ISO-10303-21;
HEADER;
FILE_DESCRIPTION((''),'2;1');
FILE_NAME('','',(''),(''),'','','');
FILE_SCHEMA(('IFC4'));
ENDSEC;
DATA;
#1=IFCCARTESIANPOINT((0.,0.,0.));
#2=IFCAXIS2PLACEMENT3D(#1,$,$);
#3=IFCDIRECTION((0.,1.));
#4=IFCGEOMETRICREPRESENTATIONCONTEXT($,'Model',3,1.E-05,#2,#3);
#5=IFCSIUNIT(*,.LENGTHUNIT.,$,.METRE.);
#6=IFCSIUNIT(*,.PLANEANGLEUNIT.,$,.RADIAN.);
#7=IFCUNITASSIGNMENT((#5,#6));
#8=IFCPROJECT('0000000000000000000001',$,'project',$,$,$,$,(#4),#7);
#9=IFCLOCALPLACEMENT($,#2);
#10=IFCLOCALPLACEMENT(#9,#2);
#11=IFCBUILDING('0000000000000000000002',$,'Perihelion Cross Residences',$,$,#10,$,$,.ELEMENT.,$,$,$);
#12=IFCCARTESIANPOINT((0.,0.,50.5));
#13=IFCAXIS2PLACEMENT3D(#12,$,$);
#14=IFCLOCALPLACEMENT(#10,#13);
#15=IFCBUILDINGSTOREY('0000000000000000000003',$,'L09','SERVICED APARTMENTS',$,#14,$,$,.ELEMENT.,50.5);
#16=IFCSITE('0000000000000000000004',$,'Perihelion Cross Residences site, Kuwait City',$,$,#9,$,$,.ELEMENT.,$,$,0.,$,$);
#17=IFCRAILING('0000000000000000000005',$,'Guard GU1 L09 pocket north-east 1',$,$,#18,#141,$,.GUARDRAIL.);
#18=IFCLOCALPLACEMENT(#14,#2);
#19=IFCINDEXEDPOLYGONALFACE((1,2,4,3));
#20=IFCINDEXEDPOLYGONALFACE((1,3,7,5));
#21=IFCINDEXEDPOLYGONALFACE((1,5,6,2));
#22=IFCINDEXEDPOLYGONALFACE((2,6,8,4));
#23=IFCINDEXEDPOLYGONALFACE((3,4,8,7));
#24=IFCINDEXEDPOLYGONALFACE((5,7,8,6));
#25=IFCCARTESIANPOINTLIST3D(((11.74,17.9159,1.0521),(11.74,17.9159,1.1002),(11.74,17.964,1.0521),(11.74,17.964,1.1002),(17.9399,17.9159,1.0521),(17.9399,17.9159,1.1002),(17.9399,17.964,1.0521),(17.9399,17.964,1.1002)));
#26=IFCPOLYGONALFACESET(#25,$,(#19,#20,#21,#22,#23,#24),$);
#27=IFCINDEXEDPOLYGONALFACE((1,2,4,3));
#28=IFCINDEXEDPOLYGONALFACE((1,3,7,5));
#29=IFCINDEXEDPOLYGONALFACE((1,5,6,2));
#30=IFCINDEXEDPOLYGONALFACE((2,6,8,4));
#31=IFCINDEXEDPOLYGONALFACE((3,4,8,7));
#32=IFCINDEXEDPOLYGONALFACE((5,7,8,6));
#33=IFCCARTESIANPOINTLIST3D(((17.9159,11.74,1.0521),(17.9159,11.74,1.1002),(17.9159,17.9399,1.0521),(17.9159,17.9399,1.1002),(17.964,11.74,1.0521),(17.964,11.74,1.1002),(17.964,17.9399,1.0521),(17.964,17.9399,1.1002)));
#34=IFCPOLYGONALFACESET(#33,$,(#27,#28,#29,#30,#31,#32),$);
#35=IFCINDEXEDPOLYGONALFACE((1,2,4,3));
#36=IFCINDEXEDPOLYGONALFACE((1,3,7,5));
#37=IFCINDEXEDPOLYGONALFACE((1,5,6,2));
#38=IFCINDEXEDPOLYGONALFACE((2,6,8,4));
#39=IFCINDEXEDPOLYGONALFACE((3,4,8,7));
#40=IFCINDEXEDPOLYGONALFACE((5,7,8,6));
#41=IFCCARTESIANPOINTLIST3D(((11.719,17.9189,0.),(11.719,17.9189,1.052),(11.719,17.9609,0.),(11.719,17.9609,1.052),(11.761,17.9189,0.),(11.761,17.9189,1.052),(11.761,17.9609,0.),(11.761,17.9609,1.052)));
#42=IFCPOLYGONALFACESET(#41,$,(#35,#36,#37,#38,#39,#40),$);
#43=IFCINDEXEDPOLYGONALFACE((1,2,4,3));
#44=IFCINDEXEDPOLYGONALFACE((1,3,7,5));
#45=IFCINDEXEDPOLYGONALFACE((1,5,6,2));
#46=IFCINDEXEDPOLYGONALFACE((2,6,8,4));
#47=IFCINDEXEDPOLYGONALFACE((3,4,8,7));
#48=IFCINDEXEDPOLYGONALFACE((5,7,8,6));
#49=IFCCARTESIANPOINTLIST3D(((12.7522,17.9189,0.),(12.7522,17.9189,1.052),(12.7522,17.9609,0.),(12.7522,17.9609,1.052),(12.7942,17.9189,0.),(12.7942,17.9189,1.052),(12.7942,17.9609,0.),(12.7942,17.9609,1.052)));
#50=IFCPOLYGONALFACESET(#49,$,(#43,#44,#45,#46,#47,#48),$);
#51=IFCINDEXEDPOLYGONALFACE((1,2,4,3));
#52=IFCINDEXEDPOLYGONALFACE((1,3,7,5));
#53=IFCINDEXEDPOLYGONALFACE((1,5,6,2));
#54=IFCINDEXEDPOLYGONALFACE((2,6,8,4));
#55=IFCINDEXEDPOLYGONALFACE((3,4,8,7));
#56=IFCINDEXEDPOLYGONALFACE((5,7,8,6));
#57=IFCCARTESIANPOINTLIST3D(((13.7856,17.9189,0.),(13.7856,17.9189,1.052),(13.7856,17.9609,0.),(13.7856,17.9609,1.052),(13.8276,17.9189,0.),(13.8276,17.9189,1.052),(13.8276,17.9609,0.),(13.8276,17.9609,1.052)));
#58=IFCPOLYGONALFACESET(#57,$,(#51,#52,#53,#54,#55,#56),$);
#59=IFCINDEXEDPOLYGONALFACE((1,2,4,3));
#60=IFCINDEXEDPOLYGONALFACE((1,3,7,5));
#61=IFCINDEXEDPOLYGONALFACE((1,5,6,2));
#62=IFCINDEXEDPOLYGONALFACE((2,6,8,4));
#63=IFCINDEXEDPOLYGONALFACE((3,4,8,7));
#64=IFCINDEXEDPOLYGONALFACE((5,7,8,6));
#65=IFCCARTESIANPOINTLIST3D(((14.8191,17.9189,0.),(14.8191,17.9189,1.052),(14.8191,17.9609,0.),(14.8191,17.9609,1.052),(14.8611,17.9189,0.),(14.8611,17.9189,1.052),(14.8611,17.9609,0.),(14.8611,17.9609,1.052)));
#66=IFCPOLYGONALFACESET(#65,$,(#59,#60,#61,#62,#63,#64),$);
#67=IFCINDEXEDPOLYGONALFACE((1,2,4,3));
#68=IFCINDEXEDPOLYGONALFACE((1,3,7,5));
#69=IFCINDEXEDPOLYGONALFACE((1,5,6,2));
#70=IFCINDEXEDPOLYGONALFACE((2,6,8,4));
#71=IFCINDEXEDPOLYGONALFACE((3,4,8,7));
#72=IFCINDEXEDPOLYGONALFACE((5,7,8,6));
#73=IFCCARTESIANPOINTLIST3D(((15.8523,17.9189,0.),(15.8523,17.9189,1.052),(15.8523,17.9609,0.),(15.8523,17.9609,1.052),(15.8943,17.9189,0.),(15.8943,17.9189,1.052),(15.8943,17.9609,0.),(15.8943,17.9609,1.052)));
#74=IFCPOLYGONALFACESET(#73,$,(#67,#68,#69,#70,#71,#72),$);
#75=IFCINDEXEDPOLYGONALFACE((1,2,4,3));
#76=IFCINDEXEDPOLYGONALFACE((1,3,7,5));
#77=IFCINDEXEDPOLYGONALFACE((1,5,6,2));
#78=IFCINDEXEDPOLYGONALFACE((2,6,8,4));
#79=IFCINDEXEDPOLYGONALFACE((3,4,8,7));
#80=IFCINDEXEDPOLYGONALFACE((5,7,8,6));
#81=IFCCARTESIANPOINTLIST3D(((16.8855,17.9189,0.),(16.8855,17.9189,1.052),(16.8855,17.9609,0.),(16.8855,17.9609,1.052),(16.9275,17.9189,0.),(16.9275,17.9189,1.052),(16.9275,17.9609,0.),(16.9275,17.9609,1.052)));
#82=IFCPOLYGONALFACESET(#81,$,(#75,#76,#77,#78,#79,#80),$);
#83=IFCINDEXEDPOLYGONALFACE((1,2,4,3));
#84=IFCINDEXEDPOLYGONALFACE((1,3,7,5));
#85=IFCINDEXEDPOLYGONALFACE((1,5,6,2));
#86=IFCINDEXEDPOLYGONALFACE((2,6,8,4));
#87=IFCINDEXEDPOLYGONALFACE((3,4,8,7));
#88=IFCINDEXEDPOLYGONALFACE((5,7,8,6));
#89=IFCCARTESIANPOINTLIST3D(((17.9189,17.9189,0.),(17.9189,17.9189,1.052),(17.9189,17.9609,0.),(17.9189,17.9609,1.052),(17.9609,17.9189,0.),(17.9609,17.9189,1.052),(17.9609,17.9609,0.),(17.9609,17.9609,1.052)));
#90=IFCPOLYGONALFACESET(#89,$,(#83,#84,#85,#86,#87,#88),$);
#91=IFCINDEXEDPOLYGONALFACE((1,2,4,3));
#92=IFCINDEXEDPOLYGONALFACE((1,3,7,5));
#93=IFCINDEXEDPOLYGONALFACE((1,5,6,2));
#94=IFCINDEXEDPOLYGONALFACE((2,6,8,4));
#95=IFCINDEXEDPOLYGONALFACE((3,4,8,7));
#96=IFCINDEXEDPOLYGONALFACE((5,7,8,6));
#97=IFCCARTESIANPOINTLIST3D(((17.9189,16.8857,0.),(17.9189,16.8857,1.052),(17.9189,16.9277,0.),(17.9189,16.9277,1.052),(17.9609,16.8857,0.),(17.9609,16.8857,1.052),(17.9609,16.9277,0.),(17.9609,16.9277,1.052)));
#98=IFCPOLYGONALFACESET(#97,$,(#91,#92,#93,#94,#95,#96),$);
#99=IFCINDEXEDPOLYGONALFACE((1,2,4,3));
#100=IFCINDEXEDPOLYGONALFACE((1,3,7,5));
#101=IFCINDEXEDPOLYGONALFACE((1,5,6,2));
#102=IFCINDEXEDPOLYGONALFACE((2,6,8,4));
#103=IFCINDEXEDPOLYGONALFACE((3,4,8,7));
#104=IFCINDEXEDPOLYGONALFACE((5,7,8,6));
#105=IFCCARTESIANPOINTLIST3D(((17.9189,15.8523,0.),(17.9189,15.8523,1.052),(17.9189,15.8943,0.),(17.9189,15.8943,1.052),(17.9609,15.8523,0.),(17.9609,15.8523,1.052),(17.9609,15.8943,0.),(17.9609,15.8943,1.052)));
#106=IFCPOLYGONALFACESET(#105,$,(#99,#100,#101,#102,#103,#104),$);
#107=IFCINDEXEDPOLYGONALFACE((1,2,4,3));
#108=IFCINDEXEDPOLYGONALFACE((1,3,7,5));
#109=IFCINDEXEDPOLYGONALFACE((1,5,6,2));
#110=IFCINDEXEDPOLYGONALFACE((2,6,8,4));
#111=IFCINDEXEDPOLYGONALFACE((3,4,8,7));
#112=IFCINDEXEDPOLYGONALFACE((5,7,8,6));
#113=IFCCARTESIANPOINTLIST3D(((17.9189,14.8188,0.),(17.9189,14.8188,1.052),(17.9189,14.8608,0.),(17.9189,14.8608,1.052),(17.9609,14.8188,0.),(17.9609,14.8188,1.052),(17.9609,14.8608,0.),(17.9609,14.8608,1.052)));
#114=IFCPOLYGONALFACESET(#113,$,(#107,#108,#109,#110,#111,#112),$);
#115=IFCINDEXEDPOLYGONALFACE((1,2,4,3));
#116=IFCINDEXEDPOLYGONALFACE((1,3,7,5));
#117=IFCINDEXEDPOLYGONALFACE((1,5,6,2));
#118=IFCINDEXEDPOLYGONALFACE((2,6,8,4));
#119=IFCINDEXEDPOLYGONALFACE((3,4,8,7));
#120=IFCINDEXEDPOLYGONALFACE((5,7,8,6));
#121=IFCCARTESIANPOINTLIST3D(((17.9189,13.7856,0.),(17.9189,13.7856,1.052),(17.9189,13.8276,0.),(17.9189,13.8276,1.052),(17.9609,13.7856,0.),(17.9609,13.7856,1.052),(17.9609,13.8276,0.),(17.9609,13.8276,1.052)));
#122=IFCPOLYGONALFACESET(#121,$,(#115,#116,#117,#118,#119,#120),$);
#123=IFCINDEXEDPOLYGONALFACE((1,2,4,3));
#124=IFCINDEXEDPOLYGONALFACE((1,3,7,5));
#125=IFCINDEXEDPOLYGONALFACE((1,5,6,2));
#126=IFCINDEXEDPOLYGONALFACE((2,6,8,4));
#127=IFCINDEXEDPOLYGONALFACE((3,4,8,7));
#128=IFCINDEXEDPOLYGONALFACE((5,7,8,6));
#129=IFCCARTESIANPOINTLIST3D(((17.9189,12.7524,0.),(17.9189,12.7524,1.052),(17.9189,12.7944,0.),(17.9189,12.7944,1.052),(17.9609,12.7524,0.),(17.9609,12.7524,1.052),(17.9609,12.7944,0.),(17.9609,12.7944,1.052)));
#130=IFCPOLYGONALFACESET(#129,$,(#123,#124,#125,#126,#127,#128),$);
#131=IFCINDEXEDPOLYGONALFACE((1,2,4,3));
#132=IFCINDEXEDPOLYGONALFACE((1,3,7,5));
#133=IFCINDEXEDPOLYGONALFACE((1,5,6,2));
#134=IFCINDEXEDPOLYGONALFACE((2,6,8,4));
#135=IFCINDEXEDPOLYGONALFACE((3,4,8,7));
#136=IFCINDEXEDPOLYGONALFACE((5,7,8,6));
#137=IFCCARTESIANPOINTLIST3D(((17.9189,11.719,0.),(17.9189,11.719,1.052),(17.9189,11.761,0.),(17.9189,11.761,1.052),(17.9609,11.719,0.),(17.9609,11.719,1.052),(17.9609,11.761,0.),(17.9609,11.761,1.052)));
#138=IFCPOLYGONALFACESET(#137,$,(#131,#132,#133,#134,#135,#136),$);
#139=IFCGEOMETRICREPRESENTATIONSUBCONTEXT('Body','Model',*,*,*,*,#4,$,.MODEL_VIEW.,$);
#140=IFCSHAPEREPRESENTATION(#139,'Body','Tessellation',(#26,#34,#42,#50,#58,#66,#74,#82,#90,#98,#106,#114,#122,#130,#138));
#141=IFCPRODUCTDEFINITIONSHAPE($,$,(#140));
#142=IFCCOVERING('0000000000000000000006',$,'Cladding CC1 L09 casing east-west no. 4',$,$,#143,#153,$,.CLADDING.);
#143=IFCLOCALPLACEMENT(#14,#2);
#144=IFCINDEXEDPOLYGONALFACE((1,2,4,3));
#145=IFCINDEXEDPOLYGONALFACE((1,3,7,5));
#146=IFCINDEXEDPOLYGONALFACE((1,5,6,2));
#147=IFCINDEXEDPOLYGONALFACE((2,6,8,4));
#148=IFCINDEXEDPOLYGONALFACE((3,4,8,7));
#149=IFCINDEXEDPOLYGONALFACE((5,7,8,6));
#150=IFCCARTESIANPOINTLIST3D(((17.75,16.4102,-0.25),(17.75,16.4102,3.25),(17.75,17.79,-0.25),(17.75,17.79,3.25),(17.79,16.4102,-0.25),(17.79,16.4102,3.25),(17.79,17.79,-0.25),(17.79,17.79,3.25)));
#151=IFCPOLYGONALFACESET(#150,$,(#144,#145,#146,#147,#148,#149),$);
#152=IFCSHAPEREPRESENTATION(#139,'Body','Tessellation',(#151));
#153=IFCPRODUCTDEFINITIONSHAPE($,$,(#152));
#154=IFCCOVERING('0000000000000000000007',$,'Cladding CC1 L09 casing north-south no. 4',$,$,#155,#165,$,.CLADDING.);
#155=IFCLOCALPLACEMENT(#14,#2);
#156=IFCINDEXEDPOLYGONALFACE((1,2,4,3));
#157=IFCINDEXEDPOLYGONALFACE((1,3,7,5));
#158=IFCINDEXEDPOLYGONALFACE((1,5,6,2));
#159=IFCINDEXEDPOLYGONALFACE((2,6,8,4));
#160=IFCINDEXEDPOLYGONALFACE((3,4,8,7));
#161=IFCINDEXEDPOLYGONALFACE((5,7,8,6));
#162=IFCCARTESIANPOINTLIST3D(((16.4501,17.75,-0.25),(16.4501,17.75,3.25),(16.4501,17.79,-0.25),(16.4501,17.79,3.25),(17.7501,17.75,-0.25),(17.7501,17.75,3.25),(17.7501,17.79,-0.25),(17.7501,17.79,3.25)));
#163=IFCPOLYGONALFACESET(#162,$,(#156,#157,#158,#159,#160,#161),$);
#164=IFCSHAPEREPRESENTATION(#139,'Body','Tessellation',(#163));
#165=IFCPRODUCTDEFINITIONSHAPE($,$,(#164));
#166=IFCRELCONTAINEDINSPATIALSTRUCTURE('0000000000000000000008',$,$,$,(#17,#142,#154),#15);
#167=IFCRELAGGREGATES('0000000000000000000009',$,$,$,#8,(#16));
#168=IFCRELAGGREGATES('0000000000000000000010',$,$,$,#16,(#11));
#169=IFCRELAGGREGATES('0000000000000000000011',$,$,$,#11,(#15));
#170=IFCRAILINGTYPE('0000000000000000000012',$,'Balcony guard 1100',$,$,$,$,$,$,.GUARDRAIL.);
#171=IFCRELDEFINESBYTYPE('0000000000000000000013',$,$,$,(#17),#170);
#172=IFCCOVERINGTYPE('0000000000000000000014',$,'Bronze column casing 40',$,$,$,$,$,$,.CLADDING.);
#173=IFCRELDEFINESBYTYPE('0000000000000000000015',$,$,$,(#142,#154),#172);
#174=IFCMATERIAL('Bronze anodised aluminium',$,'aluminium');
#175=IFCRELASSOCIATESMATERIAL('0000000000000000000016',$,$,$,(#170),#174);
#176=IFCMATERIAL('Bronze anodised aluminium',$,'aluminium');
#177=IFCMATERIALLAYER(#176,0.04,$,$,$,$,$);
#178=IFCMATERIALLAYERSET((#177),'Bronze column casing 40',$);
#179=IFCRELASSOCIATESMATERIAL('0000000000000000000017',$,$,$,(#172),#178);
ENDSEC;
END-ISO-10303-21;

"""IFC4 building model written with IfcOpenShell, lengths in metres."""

from ifc_helpers import new_model, si_unit, direction, frame, origin, origin_2d, place, context, subcontext, project, spatial, rectangle, extrude, material, layer, layer_set, type_object, element, save


model = new_model("IFC4")

# Units and contexts
model_context = context("Model", 3, precision=1e-05, world=origin(), true_north=direction((0.0, 1.0)))
body_context = subcontext(model_context, "Body", "Model", "MODEL_VIEW")
ifc_project = project(units=[si_unit("LENGTHUNIT", "METRE"), si_unit("PLANEANGLEUNIT", "RADIAN")], contexts=[model_context])

# Site, building, storey
site_placement = place(None, origin())
site = spatial("IfcSite", under=ifc_project, at=site_placement, Name="Perihelion Cross Residences site, Kuwait City", CompositionType="ELEMENT", RefElevation=0.0)
building_placement = place(site_placement, origin())
building = spatial("IfcBuilding", under=site, at=building_placement, Name="Perihelion Cross Residences", CompositionType="ELEMENT")
storey_placement = place(building_placement, frame((0.0, 0.0, 50.5)))
storey = spatial("IfcBuildingStorey", under=building, at=storey_placement, Name="L09", Description="SERVICED APARTMENTS", CompositionType="ELEMENT", Elevation=50.5)

# Railing
ifc_material_1 = material(Name="Bronze anodised aluminium", Category="aluminium")
railing_type = type_object("IfcRailingType", Name="Balcony guard 1100", PredefinedType="GUARDRAIL", material=ifc_material_1)
railing_1_placement = place(storey_placement, frame((11.74, 17.9399, 0.0)))
element("IfcRailing", 1, at=railing_1_placement, inside=storey, type_object=railing_type, Name="Guard GU1 L09 pocket north-east 1", PredefinedType="GUARDRAIL", context=body_context, shape_type="SweptSolid", body=[
    extrude(rectangle(XDim=0.0481, YDim=0.0481, at=origin_2d()), frame((0.0, 0.0, 1.0762), z_axis=(1.0, 0.0, 0.0), x_axis=(0.0, 1.0, 0.0)), (0.0, 0.0, 1.0), 6.2),
    extrude(rectangle(XDim=0.0481, YDim=0.0481, at=origin_2d()), frame((6.2, 0.0, 1.0762), z_axis=(0.0, -1.0, 0.0), x_axis=(1.0, 0.0, 0.0)), (0.0, 0.0, 1.0), 6.2),
    extrude(rectangle(XDim=0.042, YDim=0.042, at=origin_2d()), origin(), (0.0, 0.0, 1.0), 1.052),
    extrude(rectangle(XDim=0.042, YDim=0.042, at=origin_2d()), frame((1.0332, 0.0, 0.0)), (0.0, 0.0, 1.0), 1.052),
    extrude(rectangle(XDim=0.042, YDim=0.042, at=origin_2d()), frame((2.0667, 0.0, 0.0)), (0.0, 0.0, 1.0), 1.052),
    extrude(rectangle(XDim=0.042, YDim=0.042, at=origin_2d()), frame((3.1001, 0.0, 0.0)), (0.0, 0.0, 1.0), 1.052),
    extrude(rectangle(XDim=0.042, YDim=0.042, at=origin_2d()), frame((4.1333, 0.0, 0.0)), (0.0, 0.0, 1.0), 1.052),
    extrude(rectangle(XDim=0.042, YDim=0.042, at=origin_2d()), frame((5.1665, 0.0, 0.0)), (0.0, 0.0, 1.0), 1.052),
    extrude(rectangle(XDim=0.042, YDim=0.042, at=origin_2d()), frame((6.2, 0.0, 0.0)), (0.0, 0.0, 1.0), 1.052),
    extrude(rectangle(XDim=0.042, YDim=0.042, at=origin_2d()), frame((6.2, -1.0332, 0.0)), (0.0, 0.0, 1.0), 1.052),
    extrude(rectangle(XDim=0.042, YDim=0.042, at=origin_2d()), frame((6.2, -2.0667, 0.0)), (0.0, 0.0, 1.0), 1.052),
    extrude(rectangle(XDim=0.042, YDim=0.042, at=origin_2d()), frame((6.2, -3.1001, 0.0)), (0.0, 0.0, 1.0), 1.052),
    extrude(rectangle(XDim=0.042, YDim=0.042, at=origin_2d()), frame((6.2, -4.1333, 0.0)), (0.0, 0.0, 1.0), 1.052),
    extrude(rectangle(XDim=0.042, YDim=0.042, at=origin_2d()), frame((6.2, -5.1665, 0.0)), (0.0, 0.0, 1.0), 1.052),
    extrude(rectangle(XDim=0.042, YDim=0.042, at=origin_2d()), frame((6.2, -6.2, 0.0)), (0.0, 0.0, 1.0), 1.052),
])

# Coverings
ifc_material_2 = material(Name="Bronze anodised aluminium", Category="aluminium")
ifc_layer_1 = layer(ifc_material_2, 0.04)
ifc_layer_set_1 = layer_set([ifc_layer_1], Name="Bronze column casing 40")
covering_type = type_object("IfcCoveringType", Name="Bronze column casing 40", PredefinedType="CLADDING", material=ifc_layer_set_1)
covering_1_placement = place(storey_placement, frame((17.77, 17.1001, -0.25), z_axis=(0.0, 0.0, 1.0), x_axis=(1.0, 0.0, 0.0)))
element("IfcCovering", 2, at=covering_1_placement, inside=storey, type_object=covering_type, Name="Cladding CC1 L09 casing east-west no. 4", PredefinedType="CLADDING", context=body_context, shape_type="SweptSolid", body=[
    extrude(rectangle(XDim=0.04, YDim=1.3799, at=origin_2d()), origin(), (0.0, 0.0, 1.0), 3.5),
])
covering_2_placement = place(storey_placement, frame((17.1001, 17.77, -0.25), z_axis=(0.0, 0.0, 1.0), x_axis=(1.0, 0.0, 0.0)))
element("IfcCovering", 3, at=covering_2_placement, inside=storey, type_object=covering_type, Name="Cladding CC1 L09 casing north-south no. 4", PredefinedType="CLADDING", context=body_context, shape_type="SweptSolid", body=[
    extrude(rectangle(XDim=1.3, YDim=0.04, at=origin_2d()), origin(), (0.0, 0.0, 1.0), 3.5),
])

save(model, "model.ifc")
